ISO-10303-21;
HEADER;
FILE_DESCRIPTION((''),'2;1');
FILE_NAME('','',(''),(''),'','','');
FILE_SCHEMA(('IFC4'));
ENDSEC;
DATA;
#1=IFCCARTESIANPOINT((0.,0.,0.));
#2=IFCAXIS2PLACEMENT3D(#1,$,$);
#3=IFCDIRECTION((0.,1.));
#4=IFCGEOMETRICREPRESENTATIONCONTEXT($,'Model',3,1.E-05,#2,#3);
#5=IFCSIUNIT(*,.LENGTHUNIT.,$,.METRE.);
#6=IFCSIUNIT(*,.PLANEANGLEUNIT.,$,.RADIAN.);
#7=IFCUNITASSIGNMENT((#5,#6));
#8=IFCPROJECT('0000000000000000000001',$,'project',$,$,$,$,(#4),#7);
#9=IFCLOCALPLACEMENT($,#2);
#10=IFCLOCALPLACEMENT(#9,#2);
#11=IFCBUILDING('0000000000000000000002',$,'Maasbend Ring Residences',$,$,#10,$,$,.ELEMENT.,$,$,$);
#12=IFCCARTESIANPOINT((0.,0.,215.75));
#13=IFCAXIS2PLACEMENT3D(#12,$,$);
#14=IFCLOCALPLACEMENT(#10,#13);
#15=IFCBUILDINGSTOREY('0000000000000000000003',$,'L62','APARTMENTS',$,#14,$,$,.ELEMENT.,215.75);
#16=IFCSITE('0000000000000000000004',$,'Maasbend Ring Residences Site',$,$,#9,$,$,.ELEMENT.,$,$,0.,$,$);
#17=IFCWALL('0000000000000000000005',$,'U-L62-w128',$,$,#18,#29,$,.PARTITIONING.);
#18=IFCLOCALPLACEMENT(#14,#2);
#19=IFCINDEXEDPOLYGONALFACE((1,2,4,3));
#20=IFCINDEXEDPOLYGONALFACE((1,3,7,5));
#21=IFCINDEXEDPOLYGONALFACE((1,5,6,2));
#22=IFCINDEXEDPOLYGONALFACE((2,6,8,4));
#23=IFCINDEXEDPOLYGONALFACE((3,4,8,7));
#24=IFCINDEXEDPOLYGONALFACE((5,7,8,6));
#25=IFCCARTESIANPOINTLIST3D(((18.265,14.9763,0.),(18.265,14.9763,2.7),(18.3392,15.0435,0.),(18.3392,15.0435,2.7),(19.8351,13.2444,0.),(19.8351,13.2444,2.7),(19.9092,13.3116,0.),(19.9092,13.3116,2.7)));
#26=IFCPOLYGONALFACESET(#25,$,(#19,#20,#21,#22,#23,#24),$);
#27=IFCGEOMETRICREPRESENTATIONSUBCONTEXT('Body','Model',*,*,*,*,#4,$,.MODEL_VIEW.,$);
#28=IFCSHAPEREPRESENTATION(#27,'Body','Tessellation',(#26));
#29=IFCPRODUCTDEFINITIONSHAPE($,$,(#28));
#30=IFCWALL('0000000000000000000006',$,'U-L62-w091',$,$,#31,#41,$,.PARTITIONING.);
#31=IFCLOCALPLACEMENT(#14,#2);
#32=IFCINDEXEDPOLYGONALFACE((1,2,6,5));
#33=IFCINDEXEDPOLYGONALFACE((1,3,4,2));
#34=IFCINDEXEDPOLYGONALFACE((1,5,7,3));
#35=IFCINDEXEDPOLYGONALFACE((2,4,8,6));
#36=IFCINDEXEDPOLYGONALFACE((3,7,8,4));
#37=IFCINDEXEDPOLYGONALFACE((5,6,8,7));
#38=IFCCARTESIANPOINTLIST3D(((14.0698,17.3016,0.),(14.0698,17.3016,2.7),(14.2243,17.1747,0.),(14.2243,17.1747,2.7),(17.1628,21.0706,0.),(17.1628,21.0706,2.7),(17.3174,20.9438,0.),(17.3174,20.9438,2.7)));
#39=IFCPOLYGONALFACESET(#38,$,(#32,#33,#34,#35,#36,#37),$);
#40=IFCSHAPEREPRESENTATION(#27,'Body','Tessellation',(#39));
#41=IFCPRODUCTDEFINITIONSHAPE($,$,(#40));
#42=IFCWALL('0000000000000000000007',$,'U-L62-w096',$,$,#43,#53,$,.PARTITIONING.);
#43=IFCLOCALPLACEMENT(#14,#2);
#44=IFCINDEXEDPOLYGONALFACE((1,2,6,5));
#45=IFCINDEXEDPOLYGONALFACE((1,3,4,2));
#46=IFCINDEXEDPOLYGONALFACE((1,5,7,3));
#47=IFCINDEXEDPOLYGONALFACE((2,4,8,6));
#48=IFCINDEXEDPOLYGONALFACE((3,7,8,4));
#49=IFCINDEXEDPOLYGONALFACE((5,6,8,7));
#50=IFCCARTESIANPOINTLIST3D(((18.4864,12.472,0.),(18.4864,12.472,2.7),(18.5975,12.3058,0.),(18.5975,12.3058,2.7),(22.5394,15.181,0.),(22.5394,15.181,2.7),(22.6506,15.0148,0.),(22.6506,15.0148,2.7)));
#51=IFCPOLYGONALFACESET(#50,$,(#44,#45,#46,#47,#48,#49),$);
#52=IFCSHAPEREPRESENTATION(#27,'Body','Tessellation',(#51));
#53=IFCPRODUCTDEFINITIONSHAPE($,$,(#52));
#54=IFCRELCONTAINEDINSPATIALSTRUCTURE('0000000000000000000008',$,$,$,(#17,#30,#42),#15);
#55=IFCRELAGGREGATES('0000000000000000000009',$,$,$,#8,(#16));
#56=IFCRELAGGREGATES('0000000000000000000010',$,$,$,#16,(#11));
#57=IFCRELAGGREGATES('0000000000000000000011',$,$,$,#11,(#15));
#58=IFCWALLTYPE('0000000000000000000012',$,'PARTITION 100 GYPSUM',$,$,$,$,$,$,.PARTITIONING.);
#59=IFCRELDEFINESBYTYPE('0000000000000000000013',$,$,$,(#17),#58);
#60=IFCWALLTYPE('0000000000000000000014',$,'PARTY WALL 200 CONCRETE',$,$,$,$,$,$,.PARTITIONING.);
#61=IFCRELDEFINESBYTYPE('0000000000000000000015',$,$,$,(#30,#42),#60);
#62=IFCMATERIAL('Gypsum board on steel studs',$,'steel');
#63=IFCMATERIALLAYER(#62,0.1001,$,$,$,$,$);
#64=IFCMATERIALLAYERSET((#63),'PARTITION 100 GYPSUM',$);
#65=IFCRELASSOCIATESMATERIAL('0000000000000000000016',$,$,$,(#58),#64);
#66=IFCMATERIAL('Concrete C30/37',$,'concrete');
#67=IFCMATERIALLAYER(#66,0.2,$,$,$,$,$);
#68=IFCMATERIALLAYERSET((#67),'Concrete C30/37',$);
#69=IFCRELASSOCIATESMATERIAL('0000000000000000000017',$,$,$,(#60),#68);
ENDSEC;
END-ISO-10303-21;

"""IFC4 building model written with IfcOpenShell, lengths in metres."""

from ifc_helpers import new_model, si_unit, direction, frame, frame_2d, origin, place, context, subcontext, project, spatial, rectangle, extrude, material, layer, layer_set, type_object, element, save


model = new_model("IFC4")

# Units and contexts
model_context = context("Model", 3, precision=1e-05, world=origin(), true_north=direction((0.0, 1.0)))
body_context = subcontext(model_context, "Body", "Model", "MODEL_VIEW")
ifc_project = project(units=[si_unit("LENGTHUNIT", "METRE"), si_unit("PLANEANGLEUNIT", "RADIAN")], contexts=[model_context])

# Site, building, storey
site_placement = place(None, origin())
site = spatial("IfcSite", under=ifc_project, at=site_placement, Name="Maasbend Ring Residences Site", CompositionType="ELEMENT", RefElevation=0.0)
building_placement = place(site_placement, origin())
building = spatial("IfcBuilding", under=site, at=building_placement, Name="Maasbend Ring Residences", CompositionType="ELEMENT")
storey_placement = place(building_placement, frame((0.0, 0.0, 215.75)))
storey = spatial("IfcBuildingStorey", under=building, at=storey_placement, Name="L62", Description="APARTMENTS", CompositionType="ELEMENT", Elevation=215.75)

# Shared definitions
ifc_material_1 = material(Name="Gypsum board on steel studs", Category="steel")
ifc_layer_1 = layer(ifc_material_1, 0.1001)
ifc_layer_set_1 = layer_set([ifc_layer_1], Name="PARTITION 100 GYPSUM")
wall_type_1 = type_object("IfcWallType", Name="PARTITION 100 GYPSUM", PredefinedType="PARTITIONING", material=ifc_layer_set_1)

# Walls
wall_1_placement = place(storey_placement, frame((18.302, 15.01, 0.0), z_axis=(0.0, 0.0, 1.0), x_axis=(0.671638, -0.74088, 0.0)))
element("IfcWall", 1, at=wall_1_placement, inside=storey, type_object=wall_type_1, Name="U-L62-w128", PredefinedType="PARTITIONING", context=body_context, shape_type="SweptSolid", body=[
    extrude(rectangle(XDim=2.3376, YDim=0.1001, at=frame_2d((1.1689, 0.0))), origin(), (0.0, 0.0, 1.0), 2.7),
])
ifc_material_2 = material(Name="Concrete C30/37", Category="concrete")
ifc_layer_2 = layer(ifc_material_2, 0.2)
ifc_layer_set_2 = layer_set([ifc_layer_2], Name="Concrete C30/37")
wall_type_2 = type_object("IfcWallType", Name="PARTY WALL 200 CONCRETE", PredefinedType="PARTITIONING", material=ifc_layer_set_2)
wall_2_placement = place(storey_placement, frame((14.147, 17.238, 0.0), z_axis=(0.0, 0.0, 1.0), x_axis=(0.634374, 0.773026, 0.0)))
element("IfcWall", 2, at=wall_2_placement, inside=storey, type_object=wall_type_2, Name="U-L62-w091", PredefinedType="PARTITIONING", context=body_context, shape_type="SweptSolid", body=[
    extrude(rectangle(XDim=4.8757, YDim=0.2, at=frame_2d((2.438, 0.0))), origin(), (0.0, 0.0, 1.0), 2.7),
])
wall_3_placement = place(storey_placement, frame((18.542, 12.3889, 0.0), z_axis=(0.0, 0.0, 1.0), x_axis=(0.831387, 0.555694, 0.0)))
element("IfcWall", 3, at=wall_3_placement, inside=storey, type_object=wall_type_2, Name="U-L62-w096", PredefinedType="PARTITIONING", context=body_context, shape_type="SweptSolid", body=[
    extrude(rectangle(XDim=4.875, YDim=0.2, at=frame_2d((2.4375, 0.0))), origin(), (0.0, 0.0, 1.0), 2.7),
])

save(model, "model.ifc")
